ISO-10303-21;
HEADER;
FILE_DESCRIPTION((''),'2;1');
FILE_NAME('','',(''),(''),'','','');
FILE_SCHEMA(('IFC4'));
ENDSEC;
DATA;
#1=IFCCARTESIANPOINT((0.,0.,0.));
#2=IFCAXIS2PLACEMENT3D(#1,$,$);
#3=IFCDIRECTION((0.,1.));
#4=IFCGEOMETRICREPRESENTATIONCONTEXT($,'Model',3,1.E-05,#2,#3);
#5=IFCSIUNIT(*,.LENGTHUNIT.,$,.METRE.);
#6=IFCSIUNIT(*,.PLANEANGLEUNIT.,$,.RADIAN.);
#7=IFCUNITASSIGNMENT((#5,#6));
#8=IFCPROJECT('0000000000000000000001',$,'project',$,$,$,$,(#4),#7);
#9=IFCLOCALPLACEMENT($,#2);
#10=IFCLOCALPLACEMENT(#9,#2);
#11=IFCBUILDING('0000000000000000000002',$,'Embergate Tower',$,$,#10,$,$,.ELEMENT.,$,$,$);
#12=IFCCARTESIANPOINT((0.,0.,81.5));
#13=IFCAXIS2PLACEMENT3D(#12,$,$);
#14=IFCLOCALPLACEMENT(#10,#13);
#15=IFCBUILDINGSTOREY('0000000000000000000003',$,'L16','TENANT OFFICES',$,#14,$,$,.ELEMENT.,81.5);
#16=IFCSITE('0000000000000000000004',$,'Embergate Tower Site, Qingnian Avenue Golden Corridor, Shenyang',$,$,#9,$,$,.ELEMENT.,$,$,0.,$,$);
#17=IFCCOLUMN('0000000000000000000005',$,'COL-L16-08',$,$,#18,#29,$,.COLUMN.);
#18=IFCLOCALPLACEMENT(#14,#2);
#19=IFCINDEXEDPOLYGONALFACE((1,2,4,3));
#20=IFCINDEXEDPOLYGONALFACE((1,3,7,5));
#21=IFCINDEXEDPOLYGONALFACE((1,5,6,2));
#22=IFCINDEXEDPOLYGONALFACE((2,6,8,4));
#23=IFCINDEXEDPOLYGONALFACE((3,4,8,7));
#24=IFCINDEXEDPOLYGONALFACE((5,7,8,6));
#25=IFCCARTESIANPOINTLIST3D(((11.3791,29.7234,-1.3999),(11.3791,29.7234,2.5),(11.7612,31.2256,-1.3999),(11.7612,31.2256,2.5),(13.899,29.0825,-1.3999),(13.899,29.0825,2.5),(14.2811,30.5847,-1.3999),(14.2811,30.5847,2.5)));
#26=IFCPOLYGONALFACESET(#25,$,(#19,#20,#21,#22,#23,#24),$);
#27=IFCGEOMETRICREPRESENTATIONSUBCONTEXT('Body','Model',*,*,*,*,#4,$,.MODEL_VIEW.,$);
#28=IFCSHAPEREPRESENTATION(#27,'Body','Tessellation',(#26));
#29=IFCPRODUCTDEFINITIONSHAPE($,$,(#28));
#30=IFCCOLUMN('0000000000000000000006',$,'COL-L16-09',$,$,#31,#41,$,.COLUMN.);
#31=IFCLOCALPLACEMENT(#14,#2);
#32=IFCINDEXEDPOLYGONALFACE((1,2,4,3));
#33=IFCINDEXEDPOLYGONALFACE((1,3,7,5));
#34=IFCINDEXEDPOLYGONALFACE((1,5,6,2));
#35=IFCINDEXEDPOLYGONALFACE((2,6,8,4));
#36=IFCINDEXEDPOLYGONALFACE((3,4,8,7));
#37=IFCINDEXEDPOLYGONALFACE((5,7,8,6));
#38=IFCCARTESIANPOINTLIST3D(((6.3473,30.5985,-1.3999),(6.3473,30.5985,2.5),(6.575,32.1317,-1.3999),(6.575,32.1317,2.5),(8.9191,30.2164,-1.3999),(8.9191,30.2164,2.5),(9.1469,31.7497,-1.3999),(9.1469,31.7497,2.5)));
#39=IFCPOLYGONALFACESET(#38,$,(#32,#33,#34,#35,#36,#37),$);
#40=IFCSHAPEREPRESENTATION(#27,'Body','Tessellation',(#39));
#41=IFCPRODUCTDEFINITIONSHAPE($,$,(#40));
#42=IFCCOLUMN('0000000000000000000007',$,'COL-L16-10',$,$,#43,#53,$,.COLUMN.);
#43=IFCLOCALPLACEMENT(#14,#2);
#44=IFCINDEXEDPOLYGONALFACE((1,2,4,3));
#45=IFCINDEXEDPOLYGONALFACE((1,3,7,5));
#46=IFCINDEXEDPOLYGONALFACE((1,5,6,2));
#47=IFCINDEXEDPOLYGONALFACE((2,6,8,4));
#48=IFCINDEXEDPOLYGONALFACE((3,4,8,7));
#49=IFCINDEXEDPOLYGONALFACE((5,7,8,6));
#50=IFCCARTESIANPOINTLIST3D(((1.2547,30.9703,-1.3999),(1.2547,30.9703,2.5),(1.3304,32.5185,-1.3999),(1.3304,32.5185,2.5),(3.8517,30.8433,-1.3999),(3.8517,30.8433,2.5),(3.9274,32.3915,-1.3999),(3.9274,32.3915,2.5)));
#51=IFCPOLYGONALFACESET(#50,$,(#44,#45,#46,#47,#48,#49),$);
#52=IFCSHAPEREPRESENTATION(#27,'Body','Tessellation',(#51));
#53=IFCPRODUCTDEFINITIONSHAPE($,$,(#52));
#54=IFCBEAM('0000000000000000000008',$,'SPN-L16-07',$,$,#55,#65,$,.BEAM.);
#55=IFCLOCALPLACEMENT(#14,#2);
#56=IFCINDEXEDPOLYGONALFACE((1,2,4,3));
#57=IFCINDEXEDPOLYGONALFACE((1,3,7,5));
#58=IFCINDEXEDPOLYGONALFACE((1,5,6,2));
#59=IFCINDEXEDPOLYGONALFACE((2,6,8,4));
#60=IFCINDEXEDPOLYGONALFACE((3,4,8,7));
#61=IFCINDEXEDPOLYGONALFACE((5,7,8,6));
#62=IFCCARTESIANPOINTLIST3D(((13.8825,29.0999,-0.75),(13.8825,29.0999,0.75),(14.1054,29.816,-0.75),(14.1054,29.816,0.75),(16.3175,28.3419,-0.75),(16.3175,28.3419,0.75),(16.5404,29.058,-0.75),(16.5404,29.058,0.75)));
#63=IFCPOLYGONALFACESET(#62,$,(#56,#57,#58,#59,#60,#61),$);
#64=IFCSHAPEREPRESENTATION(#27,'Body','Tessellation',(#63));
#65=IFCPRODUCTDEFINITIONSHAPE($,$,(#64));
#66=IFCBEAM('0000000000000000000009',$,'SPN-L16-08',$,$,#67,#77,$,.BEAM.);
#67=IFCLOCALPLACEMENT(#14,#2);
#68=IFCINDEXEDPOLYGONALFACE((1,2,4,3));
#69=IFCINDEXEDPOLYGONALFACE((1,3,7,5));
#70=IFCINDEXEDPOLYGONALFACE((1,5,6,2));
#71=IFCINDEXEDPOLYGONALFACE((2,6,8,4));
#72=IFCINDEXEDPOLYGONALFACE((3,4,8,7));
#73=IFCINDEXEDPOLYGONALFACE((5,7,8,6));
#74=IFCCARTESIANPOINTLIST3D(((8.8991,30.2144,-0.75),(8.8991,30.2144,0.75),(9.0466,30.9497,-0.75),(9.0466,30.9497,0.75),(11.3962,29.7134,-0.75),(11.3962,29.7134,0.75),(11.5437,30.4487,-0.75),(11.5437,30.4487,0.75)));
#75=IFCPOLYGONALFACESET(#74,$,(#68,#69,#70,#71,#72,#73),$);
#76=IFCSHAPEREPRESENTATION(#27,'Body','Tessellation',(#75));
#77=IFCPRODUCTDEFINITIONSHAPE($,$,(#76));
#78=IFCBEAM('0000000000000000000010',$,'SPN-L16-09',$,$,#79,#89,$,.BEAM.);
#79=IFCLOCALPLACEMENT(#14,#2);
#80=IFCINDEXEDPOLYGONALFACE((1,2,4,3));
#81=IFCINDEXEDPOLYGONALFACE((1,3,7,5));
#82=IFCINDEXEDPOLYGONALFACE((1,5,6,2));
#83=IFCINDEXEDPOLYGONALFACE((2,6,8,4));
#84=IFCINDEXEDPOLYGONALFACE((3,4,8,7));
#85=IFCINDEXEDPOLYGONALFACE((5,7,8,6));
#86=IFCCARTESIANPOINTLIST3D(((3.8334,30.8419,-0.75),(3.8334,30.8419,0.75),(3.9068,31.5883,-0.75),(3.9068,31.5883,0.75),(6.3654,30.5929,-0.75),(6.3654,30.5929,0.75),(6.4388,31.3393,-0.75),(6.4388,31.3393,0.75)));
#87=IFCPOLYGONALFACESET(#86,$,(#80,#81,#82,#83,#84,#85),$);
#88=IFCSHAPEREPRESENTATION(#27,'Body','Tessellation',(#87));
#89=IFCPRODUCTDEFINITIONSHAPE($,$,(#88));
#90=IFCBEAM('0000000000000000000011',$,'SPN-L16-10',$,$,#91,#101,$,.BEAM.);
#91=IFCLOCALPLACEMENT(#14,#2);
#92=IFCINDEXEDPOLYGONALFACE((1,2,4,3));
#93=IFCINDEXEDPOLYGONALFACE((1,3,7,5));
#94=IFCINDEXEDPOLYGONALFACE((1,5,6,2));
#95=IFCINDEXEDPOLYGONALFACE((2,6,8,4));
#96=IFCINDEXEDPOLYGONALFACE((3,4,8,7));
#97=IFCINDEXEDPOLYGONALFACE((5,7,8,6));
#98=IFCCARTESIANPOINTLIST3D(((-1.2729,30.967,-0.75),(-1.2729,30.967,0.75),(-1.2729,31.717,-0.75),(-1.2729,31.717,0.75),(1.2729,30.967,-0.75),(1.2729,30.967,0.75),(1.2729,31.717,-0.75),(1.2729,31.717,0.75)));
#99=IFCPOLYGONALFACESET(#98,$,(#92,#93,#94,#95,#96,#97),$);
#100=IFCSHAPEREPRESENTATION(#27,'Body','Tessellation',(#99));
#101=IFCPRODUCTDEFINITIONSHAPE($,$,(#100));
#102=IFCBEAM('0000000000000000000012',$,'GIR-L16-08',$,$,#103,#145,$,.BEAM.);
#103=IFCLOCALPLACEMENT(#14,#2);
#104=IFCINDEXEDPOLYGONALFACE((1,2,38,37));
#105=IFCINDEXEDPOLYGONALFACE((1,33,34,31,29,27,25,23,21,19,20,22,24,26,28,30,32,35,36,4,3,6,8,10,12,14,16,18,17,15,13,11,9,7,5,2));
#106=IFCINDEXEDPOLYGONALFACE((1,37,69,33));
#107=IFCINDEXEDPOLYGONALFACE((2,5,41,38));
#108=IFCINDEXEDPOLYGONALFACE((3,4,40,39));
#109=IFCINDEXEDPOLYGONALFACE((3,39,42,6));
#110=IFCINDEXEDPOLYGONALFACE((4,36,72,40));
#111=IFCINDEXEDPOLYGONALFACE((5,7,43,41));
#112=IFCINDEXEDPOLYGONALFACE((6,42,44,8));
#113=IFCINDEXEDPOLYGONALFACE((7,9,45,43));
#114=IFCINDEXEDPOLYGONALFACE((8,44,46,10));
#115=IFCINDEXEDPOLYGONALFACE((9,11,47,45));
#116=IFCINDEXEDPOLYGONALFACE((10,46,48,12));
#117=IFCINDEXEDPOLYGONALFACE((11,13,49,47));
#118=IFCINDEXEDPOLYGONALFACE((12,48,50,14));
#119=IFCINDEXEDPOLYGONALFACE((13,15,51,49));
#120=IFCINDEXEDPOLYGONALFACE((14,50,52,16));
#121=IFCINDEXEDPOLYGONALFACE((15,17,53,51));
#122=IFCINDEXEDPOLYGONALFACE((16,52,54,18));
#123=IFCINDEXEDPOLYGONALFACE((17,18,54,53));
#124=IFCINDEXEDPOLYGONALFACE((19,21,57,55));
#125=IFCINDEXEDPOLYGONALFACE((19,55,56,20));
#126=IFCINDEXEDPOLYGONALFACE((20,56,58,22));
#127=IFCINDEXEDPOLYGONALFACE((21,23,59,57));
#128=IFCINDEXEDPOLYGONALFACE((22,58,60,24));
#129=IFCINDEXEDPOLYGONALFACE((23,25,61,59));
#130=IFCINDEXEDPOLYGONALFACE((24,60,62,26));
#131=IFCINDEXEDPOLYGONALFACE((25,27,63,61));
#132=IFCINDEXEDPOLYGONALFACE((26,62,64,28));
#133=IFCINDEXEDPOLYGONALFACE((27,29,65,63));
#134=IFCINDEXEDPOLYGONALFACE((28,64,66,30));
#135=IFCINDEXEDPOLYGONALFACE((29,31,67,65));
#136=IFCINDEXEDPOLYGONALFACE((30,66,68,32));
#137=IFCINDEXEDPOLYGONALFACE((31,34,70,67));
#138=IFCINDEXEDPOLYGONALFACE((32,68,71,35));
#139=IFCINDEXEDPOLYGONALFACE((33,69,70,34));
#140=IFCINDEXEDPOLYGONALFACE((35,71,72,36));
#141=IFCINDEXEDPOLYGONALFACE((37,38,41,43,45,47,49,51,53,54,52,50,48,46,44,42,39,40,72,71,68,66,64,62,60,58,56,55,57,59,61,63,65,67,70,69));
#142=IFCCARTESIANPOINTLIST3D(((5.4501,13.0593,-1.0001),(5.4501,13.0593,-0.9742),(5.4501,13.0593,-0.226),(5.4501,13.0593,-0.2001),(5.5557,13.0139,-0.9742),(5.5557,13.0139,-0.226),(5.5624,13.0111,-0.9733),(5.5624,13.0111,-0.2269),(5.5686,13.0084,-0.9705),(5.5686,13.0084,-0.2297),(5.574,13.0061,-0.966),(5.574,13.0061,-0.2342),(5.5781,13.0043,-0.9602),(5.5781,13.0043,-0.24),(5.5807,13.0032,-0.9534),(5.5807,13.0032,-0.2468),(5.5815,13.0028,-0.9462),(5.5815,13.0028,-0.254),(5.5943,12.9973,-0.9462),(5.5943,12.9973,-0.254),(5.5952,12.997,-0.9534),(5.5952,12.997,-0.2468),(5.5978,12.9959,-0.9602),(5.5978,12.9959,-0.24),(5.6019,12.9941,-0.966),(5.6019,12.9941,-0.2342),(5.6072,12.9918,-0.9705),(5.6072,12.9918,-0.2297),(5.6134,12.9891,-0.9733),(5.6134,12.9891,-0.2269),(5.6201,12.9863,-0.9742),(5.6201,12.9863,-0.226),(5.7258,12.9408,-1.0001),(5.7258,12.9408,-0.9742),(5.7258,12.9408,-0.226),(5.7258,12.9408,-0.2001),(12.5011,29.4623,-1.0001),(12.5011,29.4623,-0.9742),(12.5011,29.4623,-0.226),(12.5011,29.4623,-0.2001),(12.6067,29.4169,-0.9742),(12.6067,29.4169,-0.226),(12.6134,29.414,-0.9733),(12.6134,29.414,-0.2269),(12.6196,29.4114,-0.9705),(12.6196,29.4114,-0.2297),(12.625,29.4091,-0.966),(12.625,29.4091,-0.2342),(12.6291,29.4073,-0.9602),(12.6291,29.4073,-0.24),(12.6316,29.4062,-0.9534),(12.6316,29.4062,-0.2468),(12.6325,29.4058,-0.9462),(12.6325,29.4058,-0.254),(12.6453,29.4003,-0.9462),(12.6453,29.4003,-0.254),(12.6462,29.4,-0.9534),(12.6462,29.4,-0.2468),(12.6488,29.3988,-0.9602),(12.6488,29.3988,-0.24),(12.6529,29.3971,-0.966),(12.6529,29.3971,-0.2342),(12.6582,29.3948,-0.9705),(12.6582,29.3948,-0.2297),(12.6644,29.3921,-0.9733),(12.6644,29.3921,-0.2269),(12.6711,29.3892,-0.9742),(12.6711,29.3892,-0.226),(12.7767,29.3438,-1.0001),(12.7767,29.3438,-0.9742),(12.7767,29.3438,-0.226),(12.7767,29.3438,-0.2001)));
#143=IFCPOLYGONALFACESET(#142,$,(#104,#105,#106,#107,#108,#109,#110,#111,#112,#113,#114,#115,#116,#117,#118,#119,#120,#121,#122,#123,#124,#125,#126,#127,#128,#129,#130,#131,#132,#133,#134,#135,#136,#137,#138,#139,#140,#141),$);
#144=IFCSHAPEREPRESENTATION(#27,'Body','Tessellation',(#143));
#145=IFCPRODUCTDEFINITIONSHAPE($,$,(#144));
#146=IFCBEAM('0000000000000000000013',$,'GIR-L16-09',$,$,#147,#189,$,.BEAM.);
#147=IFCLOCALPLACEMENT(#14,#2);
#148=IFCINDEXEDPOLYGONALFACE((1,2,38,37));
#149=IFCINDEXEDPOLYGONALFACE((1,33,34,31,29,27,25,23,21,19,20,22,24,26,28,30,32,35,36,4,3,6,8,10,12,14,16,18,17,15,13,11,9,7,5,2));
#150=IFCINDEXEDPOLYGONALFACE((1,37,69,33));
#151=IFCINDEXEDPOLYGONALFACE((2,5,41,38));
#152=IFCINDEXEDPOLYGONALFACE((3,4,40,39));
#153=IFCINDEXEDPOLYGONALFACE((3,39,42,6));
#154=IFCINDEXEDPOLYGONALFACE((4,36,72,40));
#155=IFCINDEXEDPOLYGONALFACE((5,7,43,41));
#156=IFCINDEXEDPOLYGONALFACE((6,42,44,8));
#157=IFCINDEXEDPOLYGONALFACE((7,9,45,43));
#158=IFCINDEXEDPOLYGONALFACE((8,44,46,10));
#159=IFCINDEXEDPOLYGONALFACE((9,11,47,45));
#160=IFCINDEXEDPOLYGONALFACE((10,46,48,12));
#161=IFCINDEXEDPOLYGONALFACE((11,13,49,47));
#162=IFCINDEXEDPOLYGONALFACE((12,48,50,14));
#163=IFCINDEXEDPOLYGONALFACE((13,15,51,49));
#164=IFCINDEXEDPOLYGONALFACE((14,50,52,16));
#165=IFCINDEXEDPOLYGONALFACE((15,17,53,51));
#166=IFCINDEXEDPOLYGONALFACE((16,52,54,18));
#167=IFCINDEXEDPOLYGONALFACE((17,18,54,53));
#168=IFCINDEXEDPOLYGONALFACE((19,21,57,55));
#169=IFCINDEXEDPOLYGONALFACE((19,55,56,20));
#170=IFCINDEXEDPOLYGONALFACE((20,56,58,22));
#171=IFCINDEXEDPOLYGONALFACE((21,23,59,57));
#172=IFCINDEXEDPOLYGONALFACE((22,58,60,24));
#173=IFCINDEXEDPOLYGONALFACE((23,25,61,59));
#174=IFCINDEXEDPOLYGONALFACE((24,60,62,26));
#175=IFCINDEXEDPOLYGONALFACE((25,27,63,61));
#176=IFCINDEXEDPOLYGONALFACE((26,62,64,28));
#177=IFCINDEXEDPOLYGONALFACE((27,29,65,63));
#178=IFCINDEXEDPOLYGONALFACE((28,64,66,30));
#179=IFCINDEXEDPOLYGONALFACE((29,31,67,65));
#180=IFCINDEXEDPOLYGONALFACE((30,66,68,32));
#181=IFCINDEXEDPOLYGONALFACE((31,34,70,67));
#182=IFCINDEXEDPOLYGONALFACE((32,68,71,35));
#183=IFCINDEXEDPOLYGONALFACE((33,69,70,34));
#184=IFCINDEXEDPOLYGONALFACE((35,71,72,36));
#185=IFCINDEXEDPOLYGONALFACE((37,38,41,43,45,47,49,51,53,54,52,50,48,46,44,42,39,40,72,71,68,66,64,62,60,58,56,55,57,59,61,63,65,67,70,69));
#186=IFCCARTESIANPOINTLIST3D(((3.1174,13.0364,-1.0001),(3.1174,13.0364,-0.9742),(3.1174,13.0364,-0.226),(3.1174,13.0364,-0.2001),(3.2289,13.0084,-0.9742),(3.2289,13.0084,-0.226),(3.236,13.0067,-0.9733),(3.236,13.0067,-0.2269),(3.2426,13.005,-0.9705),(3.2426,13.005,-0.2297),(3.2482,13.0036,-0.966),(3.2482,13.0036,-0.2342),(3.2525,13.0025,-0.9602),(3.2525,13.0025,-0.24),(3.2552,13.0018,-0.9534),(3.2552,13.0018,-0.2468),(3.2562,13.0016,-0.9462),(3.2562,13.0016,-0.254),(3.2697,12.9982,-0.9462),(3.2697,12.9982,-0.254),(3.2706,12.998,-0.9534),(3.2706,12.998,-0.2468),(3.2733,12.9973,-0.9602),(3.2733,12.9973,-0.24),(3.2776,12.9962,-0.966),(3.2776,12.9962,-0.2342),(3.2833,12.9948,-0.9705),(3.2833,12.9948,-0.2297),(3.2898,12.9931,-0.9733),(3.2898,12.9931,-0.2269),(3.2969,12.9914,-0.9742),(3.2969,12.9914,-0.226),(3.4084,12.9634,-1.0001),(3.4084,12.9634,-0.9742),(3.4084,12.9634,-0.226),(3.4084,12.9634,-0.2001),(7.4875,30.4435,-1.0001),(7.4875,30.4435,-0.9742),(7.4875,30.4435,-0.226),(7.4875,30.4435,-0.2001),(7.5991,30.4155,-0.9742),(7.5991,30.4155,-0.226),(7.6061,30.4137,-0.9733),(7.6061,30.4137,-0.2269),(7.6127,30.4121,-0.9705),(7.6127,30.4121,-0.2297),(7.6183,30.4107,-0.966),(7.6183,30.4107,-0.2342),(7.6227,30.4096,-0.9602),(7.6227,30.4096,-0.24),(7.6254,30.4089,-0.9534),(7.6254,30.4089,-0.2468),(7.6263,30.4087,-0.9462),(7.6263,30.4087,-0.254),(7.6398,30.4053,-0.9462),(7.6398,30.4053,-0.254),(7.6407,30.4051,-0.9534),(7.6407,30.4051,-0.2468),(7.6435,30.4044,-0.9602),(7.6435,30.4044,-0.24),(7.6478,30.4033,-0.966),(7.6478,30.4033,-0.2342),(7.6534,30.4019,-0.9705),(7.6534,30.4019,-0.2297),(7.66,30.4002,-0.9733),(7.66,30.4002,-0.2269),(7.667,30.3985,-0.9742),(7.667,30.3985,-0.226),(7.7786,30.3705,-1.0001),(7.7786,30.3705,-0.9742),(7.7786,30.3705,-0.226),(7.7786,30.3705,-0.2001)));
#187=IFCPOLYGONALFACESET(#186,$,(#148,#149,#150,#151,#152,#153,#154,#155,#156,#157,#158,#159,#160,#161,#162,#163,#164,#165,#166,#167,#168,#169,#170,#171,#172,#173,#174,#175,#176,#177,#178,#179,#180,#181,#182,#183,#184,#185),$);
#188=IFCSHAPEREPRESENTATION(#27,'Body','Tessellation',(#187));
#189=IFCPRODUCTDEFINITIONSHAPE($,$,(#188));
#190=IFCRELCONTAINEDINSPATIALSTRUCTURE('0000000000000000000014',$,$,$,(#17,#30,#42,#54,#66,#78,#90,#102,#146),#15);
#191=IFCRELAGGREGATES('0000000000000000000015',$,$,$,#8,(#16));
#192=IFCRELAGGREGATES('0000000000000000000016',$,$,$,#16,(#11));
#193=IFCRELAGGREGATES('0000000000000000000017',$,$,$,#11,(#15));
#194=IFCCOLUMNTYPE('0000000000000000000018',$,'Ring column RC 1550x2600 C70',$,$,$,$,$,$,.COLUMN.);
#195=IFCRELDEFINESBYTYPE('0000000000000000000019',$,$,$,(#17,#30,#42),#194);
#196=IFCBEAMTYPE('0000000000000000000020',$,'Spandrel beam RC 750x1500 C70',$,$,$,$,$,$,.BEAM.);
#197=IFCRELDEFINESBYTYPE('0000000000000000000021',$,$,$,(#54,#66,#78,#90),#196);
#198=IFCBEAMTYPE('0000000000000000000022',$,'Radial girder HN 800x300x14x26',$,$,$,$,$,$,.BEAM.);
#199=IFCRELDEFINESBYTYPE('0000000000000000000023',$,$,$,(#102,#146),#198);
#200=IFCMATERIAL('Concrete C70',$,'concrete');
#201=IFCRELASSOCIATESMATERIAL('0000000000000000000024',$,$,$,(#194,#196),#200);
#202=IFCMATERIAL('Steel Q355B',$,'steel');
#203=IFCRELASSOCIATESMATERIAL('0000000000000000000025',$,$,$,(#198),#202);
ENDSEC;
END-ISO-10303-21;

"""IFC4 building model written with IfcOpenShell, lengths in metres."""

from ifc_helpers import new_model, si_unit, direction, frame, origin, origin_2d, place, context, subcontext, project, spatial, rectangle, i_section, extrude, source, transform, mapped, material, material_profile, profile_set, type_object, element, save


model = new_model("IFC4")

# Units and contexts
model_context = context("Model", 3, precision=1e-05, world=origin(), true_north=direction((0.0, 1.0)))
body_context = subcontext(model_context, "Body", "Model", "MODEL_VIEW")
ifc_project = project(units=[si_unit("LENGTHUNIT", "METRE"), si_unit("PLANEANGLEUNIT", "RADIAN")], contexts=[model_context])

# Site, building, storey
site_placement = place(None, origin())
site = spatial("IfcSite", under=ifc_project, at=site_placement, Name="Embergate Tower Site, Qingnian Avenue Golden Corridor, Shenyang", CompositionType="ELEMENT", RefElevation=0.0)
building_placement = place(site_placement, origin())
building = spatial("IfcBuilding", under=site, at=building_placement, Name="Embergate Tower", CompositionType="ELEMENT")
storey_placement = place(building_placement, frame((0.0, 0.0, 81.5)))
storey = spatial("IfcBuildingStorey", under=building, at=storey_placement, Name="L16", Description="TENANT OFFICES", CompositionType="ELEMENT", Elevation=81.5)

# Columns
ifc_material_1 = material(Name="Concrete C70", Category="concrete")
ifc_material_profile_1 = material_profile(ifc_material_1, rectangle(XDim=1.55, YDim=2.6001, at=origin_2d()), Name="RC 1550x2600")
ifc_profile_set_1 = profile_set([ifc_material_profile_1], Name="Concrete C70")
column_type = type_object("IfcColumnType", Name="Ring column RC 1550x2600 C70", PredefinedType="COLUMN", material=ifc_profile_set_1)
shared_shape_1 = source(origin(), body_context, "Body", "SweptSolid", [
    extrude(rectangle(XDim=1.55, YDim=2.6001, at=origin_2d()), origin(), (0.0, 0.0, 1.0), 3.8999),
])
for number, where, z_axis, x_axis, name in (
    (1, (12.8301, 30.1541, -1.3999), (0.0, 0.0, 1.0), (0.246492, 0.969145, 0.0), "COL-L16-08"),
    (2, (7.7471, 31.1741, -1.3999), (0.0, 0.0, 1.0), (0.146929, 0.989147, 0.0), "COL-L16-09"),
    (3, (2.5911, 31.6809, -1.3999), (0.0, 0.0, 1.0), (0.048815, 0.998808, 0.0), "COL-L16-10"),
):
    element("IfcColumn", number, at=place(storey_placement, frame(where, z_axis=z_axis, x_axis=x_axis)), inside=storey, type_object=column_type, Name=name, PredefinedType="COLUMN", context=body_context, shape_type="MappedRepresentation", body=[
        mapped(shared_shape_1, transform((0.0, 0.0, 0.0))),
    ])

# Beams
ifc_material_profile_2 = material_profile(ifc_material_1, rectangle(XDim=0.75, YDim=1.5, at=origin_2d()), Name="RC 750x1500")
ifc_profile_set_2 = profile_set([ifc_material_profile_2], Name="Concrete C70")
beam_type_1 = type_object("IfcBeamType", Name="Spandrel beam RC 750x1500 C70", PredefinedType="BEAM", material=ifc_profile_set_2)
shared_shape_2 = source(origin(), body_context, "Body", "SweptSolid", [
    extrude(rectangle(XDim=0.75, YDim=1.5, at=origin_2d()), origin(), (0.0, 0.0, 1.0), 2.5503),
])
beam_1_placement = place(storey_placement, frame((16.429, 28.7, 0.0), z_axis=(-0.954803, 0.297239, 0.0), x_axis=(-0.297239, -0.954803, 0.0)))
element("IfcBeam", 4, at=beam_1_placement, inside=storey, type_object=beam_type_1, Name="SPN-L16-07", PredefinedType="BEAM", context=body_context, shape_type="MappedRepresentation", body=[
    mapped(shared_shape_2, transform((0.0, 0.0, 0.0))),
])
shared_shape_3 = source(origin(), body_context, "Body", "SweptSolid", [
    extrude(rectangle(XDim=0.75, YDim=1.5, at=origin_2d()), origin(), (0.0, 0.0, 1.0), 2.5469),
])
beam_2_placement = place(storey_placement, frame((11.47, 30.0811, 0.0), z_axis=(-0.980463, 0.196706, 0.0), x_axis=(-0.196706, -0.980463, 0.0)))
element("IfcBeam", 5, at=beam_2_placement, inside=storey, type_object=beam_type_1, Name="SPN-L16-08", PredefinedType="BEAM", context=body_context, shape_type="MappedRepresentation", body=[
    mapped(shared_shape_3, transform((0.0, 0.0, 0.0))),
])
shared_shape_4 = source(origin(), body_context, "Body", "SweptSolid", [
    extrude(rectangle(XDim=0.75, YDim=1.5, at=origin_2d()), origin(), (0.0, 0.0, 1.0), 2.5442),
])
beam_3_placement = place(storey_placement, frame((6.4021, 30.9661, 0.0), z_axis=(-0.995198, 0.097879, 0.0), x_axis=(-0.097879, -0.995198, 0.0)))
element("IfcBeam", 6, at=beam_3_placement, inside=storey, type_object=beam_type_1, Name="SPN-L16-09", PredefinedType="BEAM", context=body_context, shape_type="MappedRepresentation", body=[
    mapped(shared_shape_4, transform((0.0, 0.0, 0.0))),
])
shared_shape_5 = source(origin(), body_context, "Body", "SweptSolid", [
    extrude(rectangle(XDim=0.75, YDim=1.5, at=origin_2d()), origin(), (0.0, 0.0, 1.0), 2.5459),
])
beam_4_placement = place(storey_placement, frame((1.2729, 31.342, 0.0), z_axis=(-1.0, 0.0, 0.0), x_axis=(0.0, -1.0, 0.0)))
element("IfcBeam", 7, at=beam_4_placement, inside=storey, type_object=beam_type_1, Name="SPN-L16-10", PredefinedType="BEAM", context=body_context, shape_type="MappedRepresentation", body=[
    mapped(shared_shape_5, transform((0.0, 0.0, 0.0))),
])
ifc_material_2 = material(Name="Steel Q355B", Category="steel")
ifc_material_profile_3 = material_profile(ifc_material_2, i_section(OverallWidth=0.3, OverallDepth=0.8, WebThickness=0.0139, FlangeThickness=0.0259, FilletRadius=0.0281, at=origin_2d()), Name="HN 800x300x14x26")
ifc_profile_set_3 = profile_set([ifc_material_profile_3], Name="Steel Q355 grade B")
beam_type_2 = type_object("IfcBeamType", Name="Radial girder HN 800x300x14x26", PredefinedType="BEAM", material=ifc_profile_set_3)
shared_shape_6 = source(origin(), body_context, "Body", "SweptSolid", [
    extrude(i_section(OverallWidth=0.3, OverallDepth=0.8, WebThickness=0.0139, FlangeThickness=0.0259, FilletRadius=0.0281, at=origin_2d()), origin(), (0.0, 0.0, 1.0), 17.8542),
])
beam_5_placement = place(storey_placement, frame((12.6389, 29.4031, -0.6001), z_axis=(-0.394919, -0.918716, 0.0), x_axis=(0.918716, -0.394919, 0.0)))
element("IfcBeam", 8, at=beam_5_placement, inside=storey, type_object=beam_type_2, Name="GIR-L16-08", PredefinedType="BEAM", context=body_context, shape_type="MappedRepresentation", body=[
    mapped(shared_shape_6, transform((0.0, 0.0, 0.0))),
])
shared_shape_7 = source(origin(), body_context, "Body", "SweptSolid", [
    extrude(i_section(OverallWidth=0.3, OverallDepth=0.8, WebThickness=0.0139, FlangeThickness=0.0259, FilletRadius=0.0281, at=origin_2d()), origin(), (0.0, 0.0, 1.0), 17.9473),
])
beam_6_placement = place(storey_placement, frame((7.6331, 30.407, -0.6001), z_axis=(-0.243499, -0.969901, 0.0), x_axis=(0.969901, -0.243499, 0.0)))
element("IfcBeam", 9, at=beam_6_placement, inside=storey, type_object=beam_type_2, Name="GIR-L16-09", PredefinedType="BEAM", context=body_context, shape_type="MappedRepresentation", body=[
    mapped(shared_shape_7, transform((0.0, 0.0, 0.0))),
])

save(model, "model.ifc")
